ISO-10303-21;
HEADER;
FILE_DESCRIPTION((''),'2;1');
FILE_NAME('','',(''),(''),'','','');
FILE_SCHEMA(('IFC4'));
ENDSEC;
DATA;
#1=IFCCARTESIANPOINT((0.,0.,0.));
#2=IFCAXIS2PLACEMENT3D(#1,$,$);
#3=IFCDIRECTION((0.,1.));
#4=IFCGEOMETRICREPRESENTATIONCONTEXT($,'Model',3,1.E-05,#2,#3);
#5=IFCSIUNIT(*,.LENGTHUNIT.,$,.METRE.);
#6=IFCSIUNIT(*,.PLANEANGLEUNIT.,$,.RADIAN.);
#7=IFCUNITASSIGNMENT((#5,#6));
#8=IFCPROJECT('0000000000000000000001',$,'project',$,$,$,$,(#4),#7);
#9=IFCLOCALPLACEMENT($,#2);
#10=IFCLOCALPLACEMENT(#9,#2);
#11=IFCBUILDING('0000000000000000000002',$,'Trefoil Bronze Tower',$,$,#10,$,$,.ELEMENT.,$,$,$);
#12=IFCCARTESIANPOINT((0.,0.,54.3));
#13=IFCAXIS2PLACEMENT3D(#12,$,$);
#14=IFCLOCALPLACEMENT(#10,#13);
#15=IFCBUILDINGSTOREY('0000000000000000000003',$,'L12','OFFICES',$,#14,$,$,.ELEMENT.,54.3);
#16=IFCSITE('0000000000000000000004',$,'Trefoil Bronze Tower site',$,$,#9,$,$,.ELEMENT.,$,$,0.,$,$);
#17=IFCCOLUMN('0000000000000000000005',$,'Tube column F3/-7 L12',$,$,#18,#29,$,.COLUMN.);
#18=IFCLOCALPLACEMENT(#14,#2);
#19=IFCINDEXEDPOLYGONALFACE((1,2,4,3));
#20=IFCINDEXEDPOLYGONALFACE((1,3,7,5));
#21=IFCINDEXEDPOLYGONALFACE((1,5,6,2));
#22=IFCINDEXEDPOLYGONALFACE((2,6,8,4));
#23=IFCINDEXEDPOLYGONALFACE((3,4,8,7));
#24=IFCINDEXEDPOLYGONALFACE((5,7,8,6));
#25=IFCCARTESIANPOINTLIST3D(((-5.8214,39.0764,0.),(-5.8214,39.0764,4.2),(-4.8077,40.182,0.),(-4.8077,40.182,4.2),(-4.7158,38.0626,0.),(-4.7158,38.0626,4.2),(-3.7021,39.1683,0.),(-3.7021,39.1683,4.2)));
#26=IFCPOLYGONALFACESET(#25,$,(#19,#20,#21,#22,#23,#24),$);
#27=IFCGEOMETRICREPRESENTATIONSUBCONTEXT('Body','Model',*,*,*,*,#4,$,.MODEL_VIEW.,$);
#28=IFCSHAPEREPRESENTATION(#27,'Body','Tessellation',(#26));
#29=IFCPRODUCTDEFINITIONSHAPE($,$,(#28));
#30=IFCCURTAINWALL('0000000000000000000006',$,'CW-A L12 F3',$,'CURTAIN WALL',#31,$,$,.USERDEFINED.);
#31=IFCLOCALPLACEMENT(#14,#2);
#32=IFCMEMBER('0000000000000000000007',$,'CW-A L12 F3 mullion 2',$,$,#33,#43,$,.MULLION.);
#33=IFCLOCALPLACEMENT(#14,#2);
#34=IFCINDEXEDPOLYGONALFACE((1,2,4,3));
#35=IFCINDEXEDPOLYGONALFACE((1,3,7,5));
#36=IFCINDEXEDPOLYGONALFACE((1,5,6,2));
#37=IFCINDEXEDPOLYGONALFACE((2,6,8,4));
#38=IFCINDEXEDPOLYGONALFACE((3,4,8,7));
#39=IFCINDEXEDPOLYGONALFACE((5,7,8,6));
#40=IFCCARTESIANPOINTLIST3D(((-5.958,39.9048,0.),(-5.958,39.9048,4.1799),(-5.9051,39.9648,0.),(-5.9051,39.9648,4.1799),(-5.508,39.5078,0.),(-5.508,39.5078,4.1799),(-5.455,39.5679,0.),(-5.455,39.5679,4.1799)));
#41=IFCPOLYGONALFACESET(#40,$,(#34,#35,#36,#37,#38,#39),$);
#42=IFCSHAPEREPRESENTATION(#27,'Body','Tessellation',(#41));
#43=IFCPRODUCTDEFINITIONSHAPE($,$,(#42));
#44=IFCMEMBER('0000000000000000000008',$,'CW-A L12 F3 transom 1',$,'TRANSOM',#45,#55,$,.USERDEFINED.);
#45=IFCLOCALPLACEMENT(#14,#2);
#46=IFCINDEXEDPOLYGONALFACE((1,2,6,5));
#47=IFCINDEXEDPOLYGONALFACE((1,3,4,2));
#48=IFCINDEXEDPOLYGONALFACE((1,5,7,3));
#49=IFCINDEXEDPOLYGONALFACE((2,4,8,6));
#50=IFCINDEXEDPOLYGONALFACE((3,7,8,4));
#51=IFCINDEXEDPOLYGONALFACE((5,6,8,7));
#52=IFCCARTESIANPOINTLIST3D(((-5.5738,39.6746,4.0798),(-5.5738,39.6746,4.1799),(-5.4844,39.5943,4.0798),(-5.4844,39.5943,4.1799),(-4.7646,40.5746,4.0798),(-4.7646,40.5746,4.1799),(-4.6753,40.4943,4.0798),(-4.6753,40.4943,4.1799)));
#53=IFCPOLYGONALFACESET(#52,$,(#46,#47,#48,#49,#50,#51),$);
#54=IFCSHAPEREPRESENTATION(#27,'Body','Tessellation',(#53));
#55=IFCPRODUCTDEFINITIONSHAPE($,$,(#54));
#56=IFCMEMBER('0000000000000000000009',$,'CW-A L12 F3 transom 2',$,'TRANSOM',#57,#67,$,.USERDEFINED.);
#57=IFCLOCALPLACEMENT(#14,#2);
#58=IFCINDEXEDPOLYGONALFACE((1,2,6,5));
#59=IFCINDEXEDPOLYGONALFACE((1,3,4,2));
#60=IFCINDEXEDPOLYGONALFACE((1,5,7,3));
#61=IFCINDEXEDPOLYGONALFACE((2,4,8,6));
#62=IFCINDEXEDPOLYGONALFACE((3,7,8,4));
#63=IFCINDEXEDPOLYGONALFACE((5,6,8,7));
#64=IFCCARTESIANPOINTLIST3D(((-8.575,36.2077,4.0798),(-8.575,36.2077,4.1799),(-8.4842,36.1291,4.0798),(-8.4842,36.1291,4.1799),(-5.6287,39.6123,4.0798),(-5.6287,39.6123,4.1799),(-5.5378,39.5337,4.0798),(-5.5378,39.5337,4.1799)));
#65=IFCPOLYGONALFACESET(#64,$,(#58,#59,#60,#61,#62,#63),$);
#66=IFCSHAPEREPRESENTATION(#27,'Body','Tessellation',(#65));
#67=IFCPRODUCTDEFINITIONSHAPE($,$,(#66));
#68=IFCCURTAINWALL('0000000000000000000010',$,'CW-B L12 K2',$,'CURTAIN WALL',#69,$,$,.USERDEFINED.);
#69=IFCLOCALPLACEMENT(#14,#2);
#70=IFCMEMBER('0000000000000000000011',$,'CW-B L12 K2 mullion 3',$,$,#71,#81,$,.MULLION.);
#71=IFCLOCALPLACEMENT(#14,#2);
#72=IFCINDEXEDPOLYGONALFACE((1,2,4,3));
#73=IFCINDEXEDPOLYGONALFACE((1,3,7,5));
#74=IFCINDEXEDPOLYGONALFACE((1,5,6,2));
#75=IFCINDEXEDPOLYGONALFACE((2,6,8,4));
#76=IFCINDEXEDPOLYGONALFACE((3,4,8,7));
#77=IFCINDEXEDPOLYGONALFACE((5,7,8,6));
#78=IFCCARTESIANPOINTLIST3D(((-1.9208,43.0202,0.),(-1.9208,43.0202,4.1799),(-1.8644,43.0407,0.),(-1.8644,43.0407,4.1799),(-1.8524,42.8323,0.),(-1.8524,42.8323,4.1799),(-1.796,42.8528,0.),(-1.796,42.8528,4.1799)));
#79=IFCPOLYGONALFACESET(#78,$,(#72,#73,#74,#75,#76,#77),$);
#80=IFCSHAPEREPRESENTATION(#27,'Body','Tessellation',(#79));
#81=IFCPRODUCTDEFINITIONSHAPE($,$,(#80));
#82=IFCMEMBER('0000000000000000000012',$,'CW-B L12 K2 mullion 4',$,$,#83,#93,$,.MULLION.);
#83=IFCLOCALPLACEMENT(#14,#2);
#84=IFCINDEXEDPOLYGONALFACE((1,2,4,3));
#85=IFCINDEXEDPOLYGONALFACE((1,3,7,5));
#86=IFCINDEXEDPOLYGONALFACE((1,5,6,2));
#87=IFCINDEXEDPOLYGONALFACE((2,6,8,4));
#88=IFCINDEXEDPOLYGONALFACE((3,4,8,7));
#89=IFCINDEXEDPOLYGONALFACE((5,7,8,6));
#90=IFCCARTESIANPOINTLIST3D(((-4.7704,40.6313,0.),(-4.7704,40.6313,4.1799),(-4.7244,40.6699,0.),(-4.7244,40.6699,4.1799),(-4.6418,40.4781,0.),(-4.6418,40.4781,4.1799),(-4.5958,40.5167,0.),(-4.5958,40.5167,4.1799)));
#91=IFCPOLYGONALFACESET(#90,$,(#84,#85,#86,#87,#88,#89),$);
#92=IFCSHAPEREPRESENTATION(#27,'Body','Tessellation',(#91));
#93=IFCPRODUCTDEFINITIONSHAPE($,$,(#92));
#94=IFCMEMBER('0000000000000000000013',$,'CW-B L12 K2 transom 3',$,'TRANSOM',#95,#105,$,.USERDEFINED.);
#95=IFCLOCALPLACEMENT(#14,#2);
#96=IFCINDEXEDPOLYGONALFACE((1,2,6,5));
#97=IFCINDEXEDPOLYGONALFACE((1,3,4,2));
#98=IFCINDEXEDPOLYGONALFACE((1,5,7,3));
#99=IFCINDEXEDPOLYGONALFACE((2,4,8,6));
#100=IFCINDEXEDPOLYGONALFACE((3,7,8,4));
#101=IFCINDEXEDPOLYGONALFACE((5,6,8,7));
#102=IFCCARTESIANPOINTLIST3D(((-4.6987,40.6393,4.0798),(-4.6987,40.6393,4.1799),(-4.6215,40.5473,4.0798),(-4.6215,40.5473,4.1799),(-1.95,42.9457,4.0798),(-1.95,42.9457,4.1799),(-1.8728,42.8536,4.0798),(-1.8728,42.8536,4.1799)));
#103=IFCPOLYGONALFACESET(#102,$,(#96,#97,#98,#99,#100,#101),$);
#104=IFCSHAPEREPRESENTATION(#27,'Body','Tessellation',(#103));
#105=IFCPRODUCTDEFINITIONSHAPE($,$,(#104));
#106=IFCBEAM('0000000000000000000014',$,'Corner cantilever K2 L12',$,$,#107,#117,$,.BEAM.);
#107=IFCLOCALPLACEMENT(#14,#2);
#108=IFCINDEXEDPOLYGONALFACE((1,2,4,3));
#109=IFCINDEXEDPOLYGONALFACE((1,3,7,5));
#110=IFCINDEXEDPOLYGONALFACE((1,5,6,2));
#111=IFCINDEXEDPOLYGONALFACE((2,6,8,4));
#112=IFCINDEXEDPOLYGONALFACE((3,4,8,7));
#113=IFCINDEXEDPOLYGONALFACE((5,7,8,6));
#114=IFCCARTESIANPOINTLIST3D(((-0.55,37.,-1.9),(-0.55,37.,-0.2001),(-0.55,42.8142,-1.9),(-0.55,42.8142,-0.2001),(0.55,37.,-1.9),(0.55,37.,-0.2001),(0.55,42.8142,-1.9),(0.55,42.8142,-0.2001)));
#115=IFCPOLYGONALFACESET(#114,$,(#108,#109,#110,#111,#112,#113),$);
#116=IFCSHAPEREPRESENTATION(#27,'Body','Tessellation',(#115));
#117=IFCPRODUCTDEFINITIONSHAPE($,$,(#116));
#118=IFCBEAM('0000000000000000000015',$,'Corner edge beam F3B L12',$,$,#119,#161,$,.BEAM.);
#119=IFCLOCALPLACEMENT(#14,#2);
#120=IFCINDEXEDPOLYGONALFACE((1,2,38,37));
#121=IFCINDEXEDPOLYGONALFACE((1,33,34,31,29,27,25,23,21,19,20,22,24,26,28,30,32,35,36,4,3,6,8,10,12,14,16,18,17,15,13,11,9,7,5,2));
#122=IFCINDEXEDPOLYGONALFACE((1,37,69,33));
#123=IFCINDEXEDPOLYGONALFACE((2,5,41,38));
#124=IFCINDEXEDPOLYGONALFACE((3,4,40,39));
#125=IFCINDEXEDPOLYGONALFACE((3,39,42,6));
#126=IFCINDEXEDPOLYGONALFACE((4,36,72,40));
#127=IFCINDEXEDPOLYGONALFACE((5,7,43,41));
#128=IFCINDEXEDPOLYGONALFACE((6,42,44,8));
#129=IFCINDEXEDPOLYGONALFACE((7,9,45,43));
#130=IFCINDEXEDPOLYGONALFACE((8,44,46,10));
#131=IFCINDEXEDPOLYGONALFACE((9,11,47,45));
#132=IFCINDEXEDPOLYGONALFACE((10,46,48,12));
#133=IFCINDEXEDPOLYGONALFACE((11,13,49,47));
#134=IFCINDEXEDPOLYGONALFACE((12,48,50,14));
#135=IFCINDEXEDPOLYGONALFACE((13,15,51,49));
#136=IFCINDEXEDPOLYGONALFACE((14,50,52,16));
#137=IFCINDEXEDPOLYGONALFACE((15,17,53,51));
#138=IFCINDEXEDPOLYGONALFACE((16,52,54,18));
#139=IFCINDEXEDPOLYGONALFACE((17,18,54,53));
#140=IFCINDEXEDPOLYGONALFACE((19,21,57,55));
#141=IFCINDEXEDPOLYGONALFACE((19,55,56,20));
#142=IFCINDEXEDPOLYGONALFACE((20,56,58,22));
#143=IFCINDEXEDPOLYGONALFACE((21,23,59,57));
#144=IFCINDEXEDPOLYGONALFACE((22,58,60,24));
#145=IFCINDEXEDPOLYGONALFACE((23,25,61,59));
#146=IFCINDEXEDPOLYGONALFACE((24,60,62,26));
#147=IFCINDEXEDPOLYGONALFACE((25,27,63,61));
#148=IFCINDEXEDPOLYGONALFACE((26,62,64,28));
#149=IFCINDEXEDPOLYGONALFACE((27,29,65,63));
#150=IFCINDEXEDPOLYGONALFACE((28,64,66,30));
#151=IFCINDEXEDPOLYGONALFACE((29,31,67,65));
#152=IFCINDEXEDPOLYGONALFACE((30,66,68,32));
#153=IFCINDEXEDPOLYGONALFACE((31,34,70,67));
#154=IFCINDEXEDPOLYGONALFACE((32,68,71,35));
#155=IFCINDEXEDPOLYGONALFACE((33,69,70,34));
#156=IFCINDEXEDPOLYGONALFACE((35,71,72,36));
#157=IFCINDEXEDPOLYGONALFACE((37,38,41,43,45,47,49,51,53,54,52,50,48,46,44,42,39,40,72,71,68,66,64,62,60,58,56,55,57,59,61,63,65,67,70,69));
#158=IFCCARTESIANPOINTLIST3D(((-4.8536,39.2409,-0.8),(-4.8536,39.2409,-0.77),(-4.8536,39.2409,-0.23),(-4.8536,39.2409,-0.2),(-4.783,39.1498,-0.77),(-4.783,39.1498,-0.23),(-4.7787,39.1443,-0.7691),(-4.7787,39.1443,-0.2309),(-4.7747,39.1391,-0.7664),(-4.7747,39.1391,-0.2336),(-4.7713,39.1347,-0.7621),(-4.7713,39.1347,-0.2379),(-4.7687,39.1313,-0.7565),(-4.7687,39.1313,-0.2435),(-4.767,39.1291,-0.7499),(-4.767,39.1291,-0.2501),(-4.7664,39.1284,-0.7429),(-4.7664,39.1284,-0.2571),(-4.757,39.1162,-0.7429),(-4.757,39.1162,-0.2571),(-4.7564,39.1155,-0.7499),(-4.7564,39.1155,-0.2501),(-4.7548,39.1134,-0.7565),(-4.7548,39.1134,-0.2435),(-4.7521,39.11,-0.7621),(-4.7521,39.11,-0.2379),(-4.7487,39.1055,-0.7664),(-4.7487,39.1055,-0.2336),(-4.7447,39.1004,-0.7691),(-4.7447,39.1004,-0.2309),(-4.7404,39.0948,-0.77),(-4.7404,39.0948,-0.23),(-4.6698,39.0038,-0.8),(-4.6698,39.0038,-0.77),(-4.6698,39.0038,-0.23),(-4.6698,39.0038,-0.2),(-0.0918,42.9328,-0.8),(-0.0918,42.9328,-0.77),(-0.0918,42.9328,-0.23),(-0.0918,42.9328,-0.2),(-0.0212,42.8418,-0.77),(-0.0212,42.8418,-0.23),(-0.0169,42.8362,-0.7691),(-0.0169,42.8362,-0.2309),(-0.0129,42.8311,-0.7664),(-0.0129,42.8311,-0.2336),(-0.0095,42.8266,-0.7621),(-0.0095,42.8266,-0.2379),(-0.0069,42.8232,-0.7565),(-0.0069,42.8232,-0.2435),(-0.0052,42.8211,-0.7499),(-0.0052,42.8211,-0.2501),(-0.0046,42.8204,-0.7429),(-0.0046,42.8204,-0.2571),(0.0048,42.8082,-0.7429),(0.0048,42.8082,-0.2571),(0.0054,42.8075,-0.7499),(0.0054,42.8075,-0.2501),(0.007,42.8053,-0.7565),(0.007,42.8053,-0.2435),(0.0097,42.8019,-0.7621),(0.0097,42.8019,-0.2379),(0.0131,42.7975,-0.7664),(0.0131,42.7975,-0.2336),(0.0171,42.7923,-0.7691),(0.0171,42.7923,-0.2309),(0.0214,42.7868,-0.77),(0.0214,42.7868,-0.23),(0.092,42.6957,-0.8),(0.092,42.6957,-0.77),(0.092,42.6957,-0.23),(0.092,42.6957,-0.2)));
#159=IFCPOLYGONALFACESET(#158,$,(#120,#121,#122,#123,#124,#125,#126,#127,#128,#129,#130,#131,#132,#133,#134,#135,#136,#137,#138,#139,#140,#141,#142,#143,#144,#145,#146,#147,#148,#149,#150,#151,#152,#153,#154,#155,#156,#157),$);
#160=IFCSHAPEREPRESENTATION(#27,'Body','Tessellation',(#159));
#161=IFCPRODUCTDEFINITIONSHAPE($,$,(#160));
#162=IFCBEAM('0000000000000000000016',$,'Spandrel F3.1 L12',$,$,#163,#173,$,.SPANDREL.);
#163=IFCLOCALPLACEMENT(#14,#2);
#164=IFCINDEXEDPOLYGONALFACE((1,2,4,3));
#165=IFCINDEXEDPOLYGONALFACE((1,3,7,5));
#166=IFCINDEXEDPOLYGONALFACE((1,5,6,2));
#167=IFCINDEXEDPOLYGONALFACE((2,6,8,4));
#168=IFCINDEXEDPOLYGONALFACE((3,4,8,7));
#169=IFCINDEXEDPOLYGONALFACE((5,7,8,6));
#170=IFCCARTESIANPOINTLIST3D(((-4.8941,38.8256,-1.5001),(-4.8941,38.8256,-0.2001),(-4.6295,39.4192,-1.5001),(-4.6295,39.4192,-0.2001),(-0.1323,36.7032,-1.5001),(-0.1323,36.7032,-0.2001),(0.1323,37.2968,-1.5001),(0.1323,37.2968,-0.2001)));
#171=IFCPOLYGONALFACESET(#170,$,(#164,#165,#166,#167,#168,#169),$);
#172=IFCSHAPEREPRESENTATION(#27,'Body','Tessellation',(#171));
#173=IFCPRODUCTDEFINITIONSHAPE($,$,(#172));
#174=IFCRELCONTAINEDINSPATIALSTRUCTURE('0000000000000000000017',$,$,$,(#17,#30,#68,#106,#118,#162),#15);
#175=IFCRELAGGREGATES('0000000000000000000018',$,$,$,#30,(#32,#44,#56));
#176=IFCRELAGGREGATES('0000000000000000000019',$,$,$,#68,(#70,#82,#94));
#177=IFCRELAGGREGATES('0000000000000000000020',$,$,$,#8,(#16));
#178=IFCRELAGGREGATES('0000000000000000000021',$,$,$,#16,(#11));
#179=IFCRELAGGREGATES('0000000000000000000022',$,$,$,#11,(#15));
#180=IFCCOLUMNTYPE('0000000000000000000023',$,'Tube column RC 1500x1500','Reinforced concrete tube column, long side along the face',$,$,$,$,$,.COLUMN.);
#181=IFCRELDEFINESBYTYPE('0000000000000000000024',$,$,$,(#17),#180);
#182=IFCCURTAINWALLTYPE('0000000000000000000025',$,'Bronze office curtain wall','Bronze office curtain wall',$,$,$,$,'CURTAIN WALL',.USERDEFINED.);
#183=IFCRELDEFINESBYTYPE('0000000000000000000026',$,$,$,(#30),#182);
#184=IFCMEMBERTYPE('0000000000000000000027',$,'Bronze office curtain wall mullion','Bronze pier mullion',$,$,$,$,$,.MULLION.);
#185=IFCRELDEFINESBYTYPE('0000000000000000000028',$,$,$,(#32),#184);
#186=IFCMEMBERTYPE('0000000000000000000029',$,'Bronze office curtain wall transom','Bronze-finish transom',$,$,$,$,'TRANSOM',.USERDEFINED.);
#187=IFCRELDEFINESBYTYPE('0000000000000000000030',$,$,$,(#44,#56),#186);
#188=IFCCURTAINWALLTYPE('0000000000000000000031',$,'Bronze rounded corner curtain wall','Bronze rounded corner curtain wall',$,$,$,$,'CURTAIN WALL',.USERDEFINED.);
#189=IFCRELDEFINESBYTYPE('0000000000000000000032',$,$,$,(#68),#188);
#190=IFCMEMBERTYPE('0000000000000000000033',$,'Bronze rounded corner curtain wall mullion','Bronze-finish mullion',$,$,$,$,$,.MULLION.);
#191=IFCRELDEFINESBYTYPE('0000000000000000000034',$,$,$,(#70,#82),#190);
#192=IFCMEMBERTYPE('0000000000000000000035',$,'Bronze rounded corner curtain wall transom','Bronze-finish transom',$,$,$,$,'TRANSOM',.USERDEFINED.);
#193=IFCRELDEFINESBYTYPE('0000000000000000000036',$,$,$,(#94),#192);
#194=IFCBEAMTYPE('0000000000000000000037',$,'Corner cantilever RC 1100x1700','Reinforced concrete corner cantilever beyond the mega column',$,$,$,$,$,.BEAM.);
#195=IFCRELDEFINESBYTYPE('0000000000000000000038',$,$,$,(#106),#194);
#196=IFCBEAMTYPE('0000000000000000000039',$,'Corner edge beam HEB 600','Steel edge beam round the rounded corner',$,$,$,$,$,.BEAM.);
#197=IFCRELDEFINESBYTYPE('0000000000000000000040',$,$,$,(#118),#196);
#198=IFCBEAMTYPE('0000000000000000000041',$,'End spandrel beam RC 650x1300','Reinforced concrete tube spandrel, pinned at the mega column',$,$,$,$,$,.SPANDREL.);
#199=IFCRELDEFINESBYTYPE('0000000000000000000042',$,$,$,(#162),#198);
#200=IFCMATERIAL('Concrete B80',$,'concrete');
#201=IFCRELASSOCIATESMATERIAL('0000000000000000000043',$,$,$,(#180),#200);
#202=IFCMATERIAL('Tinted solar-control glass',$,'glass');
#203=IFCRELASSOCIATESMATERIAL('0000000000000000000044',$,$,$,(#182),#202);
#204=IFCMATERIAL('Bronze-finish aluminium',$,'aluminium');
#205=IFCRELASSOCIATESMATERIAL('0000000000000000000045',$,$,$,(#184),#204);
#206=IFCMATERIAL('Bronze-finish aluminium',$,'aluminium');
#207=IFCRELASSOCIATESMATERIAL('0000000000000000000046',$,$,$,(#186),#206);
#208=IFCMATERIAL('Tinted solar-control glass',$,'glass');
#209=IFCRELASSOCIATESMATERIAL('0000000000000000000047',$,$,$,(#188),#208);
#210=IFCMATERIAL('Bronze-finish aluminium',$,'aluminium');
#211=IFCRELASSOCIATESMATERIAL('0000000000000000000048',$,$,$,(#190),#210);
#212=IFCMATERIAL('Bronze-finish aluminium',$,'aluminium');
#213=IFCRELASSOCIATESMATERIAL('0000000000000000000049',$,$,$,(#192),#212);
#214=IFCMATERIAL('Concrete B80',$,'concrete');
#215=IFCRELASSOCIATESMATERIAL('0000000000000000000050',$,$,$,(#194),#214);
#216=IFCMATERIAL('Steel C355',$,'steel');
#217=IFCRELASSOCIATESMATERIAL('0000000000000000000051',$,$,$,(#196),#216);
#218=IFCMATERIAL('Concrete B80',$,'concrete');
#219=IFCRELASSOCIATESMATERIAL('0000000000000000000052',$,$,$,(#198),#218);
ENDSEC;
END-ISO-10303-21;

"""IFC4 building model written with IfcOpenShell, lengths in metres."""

from ifc_helpers import new_model, si_unit, direction, frame, origin, origin_2d, place, context, subcontext, project, spatial, rectangle, i_section, extrude, material, material_profile, profile_set, type_object, element, aggregate, save


model = new_model("IFC4")

# Units and contexts
model_context = context("Model", 3, precision=1e-05, world=origin(), true_north=direction((0.0, 1.0)))
body_context = subcontext(model_context, "Body", "Model", "MODEL_VIEW")
ifc_project = project(units=[si_unit("LENGTHUNIT", "METRE"), si_unit("PLANEANGLEUNIT", "RADIAN")], contexts=[model_context])

# Site, building, storey
site_placement = place(None, origin())
site = spatial("IfcSite", under=ifc_project, at=site_placement, Name="Trefoil Bronze Tower site", CompositionType="ELEMENT", RefElevation=0.0)
building_placement = place(site_placement, origin())
building = spatial("IfcBuilding", under=site, at=building_placement, Name="Trefoil Bronze Tower", CompositionType="ELEMENT")
storey_placement = place(building_placement, frame((0.0, 0.0, 54.3)))
storey = spatial("IfcBuildingStorey", under=building, at=storey_placement, Name="L12", Description="OFFICES", CompositionType="ELEMENT", Elevation=54.3)

# Column
ifc_material_1 = material(Name="Concrete B80", Category="concrete")
ifc_material_profile_1 = material_profile(ifc_material_1, rectangle(XDim=1.5, YDim=1.5, at=origin_2d()), Name="RC 1500x1500")
ifc_profile_set_1 = profile_set([ifc_material_profile_1], Name="Concrete B80")
column_type = type_object("IfcColumnType", Name="Tube column RC 1500x1500", Description="Reinforced concrete tube column, long side along the face", PredefinedType="COLUMN", material=ifc_profile_set_1)
column_placement = place(storey_placement, frame((-4.7617, 39.1223, 0.0), z_axis=(0.0, 0.0, 1.0), x_axis=(-0.675816, -0.73707, 0.0)))
element("IfcColumn", 1, at=column_placement, inside=storey, type_object=column_type, Name="Tube column F3/-7 L12", PredefinedType="COLUMN", context=body_context, shape_type="SweptSolid", body=[
    extrude(rectangle(XDim=1.5, YDim=1.5, at=origin_2d()), origin(), (0.0, 0.0, 1.0), 4.2),
])

# Curtain walls, members
ifc_material_2 = material(Name="Tinted solar-control glass", Category="glass")
curtain_wall_type_1 = type_object("IfcCurtainWallType", Name="Bronze office curtain wall", Description="Bronze office curtain wall", ElementType="CURTAIN WALL", PredefinedType="USERDEFINED", material=ifc_material_2)
curtain_wall_1_placement = place(storey_placement, origin())
curtain_wall_1 = element("IfcCurtainWall", 2, at=curtain_wall_1_placement, inside=storey, type_object=curtain_wall_type_1, Name="CW-A L12 F3", ObjectType="CURTAIN WALL", PredefinedType="USERDEFINED")
ifc_material_3 = material(Name="Bronze-finish aluminium", Category="aluminium")
ifc_material_profile_2 = material_profile(ifc_material_3, rectangle(XDim=0.6001, YDim=0.0801, at=origin_2d()), Name="CW-A mullion")
ifc_profile_set_2 = profile_set([ifc_material_profile_2], Name="Bronze-finish aluminium")
member_type_1 = type_object("IfcMemberType", Name="Bronze office curtain wall mullion", Description="Bronze pier mullion", PredefinedType="MULLION", material=ifc_profile_set_2)
member_1_placement = place(storey_placement, frame((-5.7065, 39.7363, 0.0), z_axis=(0.0, 0.0, 1.0), x_axis=(0.749941, -0.661505, 0.0)))
member_1 = element("IfcMember", 3, at=member_1_placement, type_object=member_type_1, Name="CW-A L12 F3 mullion 2", PredefinedType="MULLION", context=body_context, shape_type="SweptSolid", body=[
    extrude(rectangle(XDim=0.6001, YDim=0.0801, at=origin_2d()), origin(), (0.0, 0.0, 1.0), 4.1799),
])
ifc_material_4 = material(Name="Bronze-finish aluminium", Category="aluminium")
ifc_material_profile_3 = material_profile(ifc_material_4, rectangle(XDim=0.1201, YDim=0.1001, at=origin_2d()), Name="CW-A transom")
ifc_profile_set_3 = profile_set([ifc_material_profile_3], Name="Bronze-finish aluminium")
member_type_2 = type_object("IfcMemberType", Name="Bronze office curtain wall transom", Description="Bronze-finish transom", ElementType="TRANSOM", PredefinedType="USERDEFINED", material=ifc_profile_set_3)
member_2_placement = place(storey_placement, frame((-4.72, 40.5344, 4.1299), z_axis=(-0.668586, -0.743635, 0.0), x_axis=(0.743635, -0.668586, 0.0)))
member_2 = element("IfcMember", 4, at=member_2_placement, type_object=member_type_2, Name="CW-A L12 F3 transom 1", ObjectType="TRANSOM", PredefinedType="USERDEFINED", context=body_context, shape_type="SweptSolid", body=[
    extrude(rectangle(XDim=0.1201, YDim=0.1001, at=origin_2d()), origin(), (0.0, 0.0, 1.0), 1.2102),
])
member_3_placement = place(storey_placement, frame((-5.5833, 39.573, 4.1299), z_axis=(-0.654383, -0.756163, 0.0), x_axis=(0.756163, -0.654383, 0.0)))
member_3 = element("IfcMember", 5, at=member_3_placement, type_object=member_type_2, Name="CW-A L12 F3 transom 2", ObjectType="TRANSOM", PredefinedType="USERDEFINED", context=body_context, shape_type="SweptSolid", body=[
    extrude(rectangle(XDim=0.1201, YDim=0.1001, at=origin_2d()), origin(), (0.0, 0.0, 1.0), 4.5024),
])
ifc_material_5 = material(Name="Tinted solar-control glass", Category="glass")
curtain_wall_type_2 = type_object("IfcCurtainWallType", Name="Bronze rounded corner curtain wall", Description="Bronze rounded corner curtain wall", ElementType="CURTAIN WALL", PredefinedType="USERDEFINED", material=ifc_material_5)
curtain_wall_2_placement = place(storey_placement, origin())
curtain_wall_2 = element("IfcCurtainWall", 6, at=curtain_wall_2_placement, inside=storey, type_object=curtain_wall_type_2, Name="CW-B L12 K2", ObjectType="CURTAIN WALL", PredefinedType="USERDEFINED")
ifc_material_6 = material(Name="Bronze-finish aluminium", Category="aluminium")
ifc_material_profile_4 = material_profile(ifc_material_6, rectangle(XDim=0.2, YDim=0.0601, at=origin_2d()), Name="CW-B mullion")
ifc_profile_set_4 = profile_set([ifc_material_profile_4], Name="Bronze-finish aluminium")
member_type_3 = type_object("IfcMemberType", Name="Bronze rounded corner curtain wall mullion", Description="Bronze-finish mullion", PredefinedType="MULLION", material=ifc_profile_set_4)
member_4_placement = place(storey_placement, frame((-1.8584, 42.9365, 0.0), z_axis=(0.0, 0.0, 1.0), x_axis=(0.34202, -0.939693, 0.0)))
member_4 = element("IfcMember", 7, at=member_4_placement, type_object=member_type_3, Name="CW-B L12 K2 mullion 3", PredefinedType="MULLION", context=body_context, shape_type="SweptSolid", body=[
    extrude(rectangle(XDim=0.2, YDim=0.0601, at=origin_2d()), origin(), (0.0, 0.0, 1.0), 4.1799),
])
member_5_placement = place(storey_placement, frame((-4.6831, 40.574, 0.0), z_axis=(0.0, 0.0, 1.0), x_axis=(0.642788, -0.766044, 0.0)))
member_5 = element("IfcMember", 8, at=member_5_placement, type_object=member_type_3, Name="CW-B L12 K2 mullion 4", PredefinedType="MULLION", context=body_context, shape_type="SweptSolid", body=[
    extrude(rectangle(XDim=0.2, YDim=0.0601, at=origin_2d()), origin(), (0.0, 0.0, 1.0), 4.1799),
])
ifc_material_7 = material(Name="Bronze-finish aluminium", Category="aluminium")
ifc_material_profile_5 = material_profile(ifc_material_7, rectangle(XDim=0.1201, YDim=0.1001, at=origin_2d()), Name="CW-B transom")
ifc_profile_set_5 = profile_set([ifc_material_profile_5], Name="Bronze-finish aluminium")
member_type_4 = type_object("IfcMemberType", Name="Bronze rounded corner curtain wall transom", Description="Bronze-finish transom", ElementType="TRANSOM", PredefinedType="USERDEFINED", material=ifc_profile_set_5)
member_6_placement = place(storey_placement, frame((-1.9114, 42.8997, 4.1299), z_axis=(-0.766059, -0.642771, 0.0), x_axis=(0.642771, -0.766059, 0.0)))
member_6 = element("IfcMember", 9, at=member_6_placement, type_object=member_type_4, Name="CW-B L12 K2 transom 3", ObjectType="TRANSOM", PredefinedType="USERDEFINED", context=body_context, shape_type="SweptSolid", body=[
    extrude(rectangle(XDim=0.1201, YDim=0.1001, at=origin_2d()), origin(), (0.0, 0.0, 1.0), 3.5881),
])

# Beams
ifc_material_8 = material(Name="Concrete B80", Category="concrete")
ifc_material_profile_6 = material_profile(ifc_material_8, rectangle(XDim=1.1001, YDim=1.7, at=origin_2d()), Name="RC 1100x1700")
ifc_profile_set_6 = profile_set([ifc_material_profile_6], Name="Concrete B80")
beam_type_1 = type_object("IfcBeamType", Name="Corner cantilever RC 1100x1700", Description="Reinforced concrete corner cantilever beyond the mega column", PredefinedType="BEAM", material=ifc_profile_set_6)
beam_1_placement = place(storey_placement, frame((0.0, 37.0, -1.05), z_axis=(0.0, 1.0, 0.0), x_axis=(-1.0, 0.0, 0.0)))
element("IfcBeam", 10, at=beam_1_placement, inside=storey, type_object=beam_type_1, Name="Corner cantilever K2 L12", PredefinedType="BEAM", context=body_context, shape_type="SweptSolid", body=[
    extrude(rectangle(XDim=1.1001, YDim=1.7, at=origin_2d()), origin(), (0.0, 0.0, 1.0), 5.8142),
])
ifc_material_9 = material(Name="Steel C355", Category="steel")
ifc_material_profile_7 = material_profile(ifc_material_9, i_section(OverallWidth=0.3, OverallDepth=0.6001, WebThickness=0.0154, FlangeThickness=0.03, FilletRadius=0.0271, at=origin_2d()), Name="HEB 600")
ifc_profile_set_7 = profile_set([ifc_material_profile_7], Name="Steel C355")
beam_type_2 = type_object("IfcBeamType", Name="Corner edge beam HEB 600", Description="Steel edge beam round the rounded corner", PredefinedType="BEAM", material=ifc_profile_set_7)
beam_2_placement = place(storey_placement, frame((-4.7617, 39.1223, -0.5), z_axis=(0.790289, 0.612734, 0.0), x_axis=(-0.612734, 0.790289, 0.0)))
element("IfcBeam", 11, at=beam_2_placement, inside=storey, type_object=beam_type_2, Name="Corner edge beam F3B L12", PredefinedType="BEAM", context=body_context, shape_type="SweptSolid", body=[
    extrude(i_section(OverallWidth=0.3, OverallDepth=0.6001, WebThickness=0.0154, FlangeThickness=0.03, FilletRadius=0.0271, at=origin_2d()), origin(), (0.0, 0.0, 1.0), 6.0254),
])
ifc_material_10 = material(Name="Concrete B80", Category="concrete")
ifc_material_profile_8 = material_profile(ifc_material_10, rectangle(XDim=0.6499, YDim=1.3, at=origin_2d()), Name="RC 650x1300")
ifc_profile_set_8 = profile_set([ifc_material_profile_8], Name="Concrete B80")
beam_type_3 = type_object("IfcBeamType", Name="End spandrel beam RC 650x1300", Description="Reinforced concrete tube spandrel, pinned at the mega column", PredefinedType="SPANDREL", material=ifc_profile_set_8)
beam_3_placement = place(storey_placement, frame((0.0, 37.0, -0.8501), z_axis=(-0.913384, 0.407099, 0.0), x_axis=(-0.407099, -0.913384, 0.0)))
element("IfcBeam", 12, at=beam_3_placement, inside=storey, type_object=beam_type_3, Name="Spandrel F3.1 L12", PredefinedType="SPANDREL", context=body_context, shape_type="SweptSolid", body=[
    extrude(rectangle(XDim=0.6499, YDim=1.3, at=origin_2d()), origin(), (0.0, 0.0, 1.0), 5.2134),
])

aggregate(curtain_wall_1, [member_1, member_2, member_3])
aggregate(curtain_wall_2, [member_4, member_5, member_6])

save(model, "model.ifc")
